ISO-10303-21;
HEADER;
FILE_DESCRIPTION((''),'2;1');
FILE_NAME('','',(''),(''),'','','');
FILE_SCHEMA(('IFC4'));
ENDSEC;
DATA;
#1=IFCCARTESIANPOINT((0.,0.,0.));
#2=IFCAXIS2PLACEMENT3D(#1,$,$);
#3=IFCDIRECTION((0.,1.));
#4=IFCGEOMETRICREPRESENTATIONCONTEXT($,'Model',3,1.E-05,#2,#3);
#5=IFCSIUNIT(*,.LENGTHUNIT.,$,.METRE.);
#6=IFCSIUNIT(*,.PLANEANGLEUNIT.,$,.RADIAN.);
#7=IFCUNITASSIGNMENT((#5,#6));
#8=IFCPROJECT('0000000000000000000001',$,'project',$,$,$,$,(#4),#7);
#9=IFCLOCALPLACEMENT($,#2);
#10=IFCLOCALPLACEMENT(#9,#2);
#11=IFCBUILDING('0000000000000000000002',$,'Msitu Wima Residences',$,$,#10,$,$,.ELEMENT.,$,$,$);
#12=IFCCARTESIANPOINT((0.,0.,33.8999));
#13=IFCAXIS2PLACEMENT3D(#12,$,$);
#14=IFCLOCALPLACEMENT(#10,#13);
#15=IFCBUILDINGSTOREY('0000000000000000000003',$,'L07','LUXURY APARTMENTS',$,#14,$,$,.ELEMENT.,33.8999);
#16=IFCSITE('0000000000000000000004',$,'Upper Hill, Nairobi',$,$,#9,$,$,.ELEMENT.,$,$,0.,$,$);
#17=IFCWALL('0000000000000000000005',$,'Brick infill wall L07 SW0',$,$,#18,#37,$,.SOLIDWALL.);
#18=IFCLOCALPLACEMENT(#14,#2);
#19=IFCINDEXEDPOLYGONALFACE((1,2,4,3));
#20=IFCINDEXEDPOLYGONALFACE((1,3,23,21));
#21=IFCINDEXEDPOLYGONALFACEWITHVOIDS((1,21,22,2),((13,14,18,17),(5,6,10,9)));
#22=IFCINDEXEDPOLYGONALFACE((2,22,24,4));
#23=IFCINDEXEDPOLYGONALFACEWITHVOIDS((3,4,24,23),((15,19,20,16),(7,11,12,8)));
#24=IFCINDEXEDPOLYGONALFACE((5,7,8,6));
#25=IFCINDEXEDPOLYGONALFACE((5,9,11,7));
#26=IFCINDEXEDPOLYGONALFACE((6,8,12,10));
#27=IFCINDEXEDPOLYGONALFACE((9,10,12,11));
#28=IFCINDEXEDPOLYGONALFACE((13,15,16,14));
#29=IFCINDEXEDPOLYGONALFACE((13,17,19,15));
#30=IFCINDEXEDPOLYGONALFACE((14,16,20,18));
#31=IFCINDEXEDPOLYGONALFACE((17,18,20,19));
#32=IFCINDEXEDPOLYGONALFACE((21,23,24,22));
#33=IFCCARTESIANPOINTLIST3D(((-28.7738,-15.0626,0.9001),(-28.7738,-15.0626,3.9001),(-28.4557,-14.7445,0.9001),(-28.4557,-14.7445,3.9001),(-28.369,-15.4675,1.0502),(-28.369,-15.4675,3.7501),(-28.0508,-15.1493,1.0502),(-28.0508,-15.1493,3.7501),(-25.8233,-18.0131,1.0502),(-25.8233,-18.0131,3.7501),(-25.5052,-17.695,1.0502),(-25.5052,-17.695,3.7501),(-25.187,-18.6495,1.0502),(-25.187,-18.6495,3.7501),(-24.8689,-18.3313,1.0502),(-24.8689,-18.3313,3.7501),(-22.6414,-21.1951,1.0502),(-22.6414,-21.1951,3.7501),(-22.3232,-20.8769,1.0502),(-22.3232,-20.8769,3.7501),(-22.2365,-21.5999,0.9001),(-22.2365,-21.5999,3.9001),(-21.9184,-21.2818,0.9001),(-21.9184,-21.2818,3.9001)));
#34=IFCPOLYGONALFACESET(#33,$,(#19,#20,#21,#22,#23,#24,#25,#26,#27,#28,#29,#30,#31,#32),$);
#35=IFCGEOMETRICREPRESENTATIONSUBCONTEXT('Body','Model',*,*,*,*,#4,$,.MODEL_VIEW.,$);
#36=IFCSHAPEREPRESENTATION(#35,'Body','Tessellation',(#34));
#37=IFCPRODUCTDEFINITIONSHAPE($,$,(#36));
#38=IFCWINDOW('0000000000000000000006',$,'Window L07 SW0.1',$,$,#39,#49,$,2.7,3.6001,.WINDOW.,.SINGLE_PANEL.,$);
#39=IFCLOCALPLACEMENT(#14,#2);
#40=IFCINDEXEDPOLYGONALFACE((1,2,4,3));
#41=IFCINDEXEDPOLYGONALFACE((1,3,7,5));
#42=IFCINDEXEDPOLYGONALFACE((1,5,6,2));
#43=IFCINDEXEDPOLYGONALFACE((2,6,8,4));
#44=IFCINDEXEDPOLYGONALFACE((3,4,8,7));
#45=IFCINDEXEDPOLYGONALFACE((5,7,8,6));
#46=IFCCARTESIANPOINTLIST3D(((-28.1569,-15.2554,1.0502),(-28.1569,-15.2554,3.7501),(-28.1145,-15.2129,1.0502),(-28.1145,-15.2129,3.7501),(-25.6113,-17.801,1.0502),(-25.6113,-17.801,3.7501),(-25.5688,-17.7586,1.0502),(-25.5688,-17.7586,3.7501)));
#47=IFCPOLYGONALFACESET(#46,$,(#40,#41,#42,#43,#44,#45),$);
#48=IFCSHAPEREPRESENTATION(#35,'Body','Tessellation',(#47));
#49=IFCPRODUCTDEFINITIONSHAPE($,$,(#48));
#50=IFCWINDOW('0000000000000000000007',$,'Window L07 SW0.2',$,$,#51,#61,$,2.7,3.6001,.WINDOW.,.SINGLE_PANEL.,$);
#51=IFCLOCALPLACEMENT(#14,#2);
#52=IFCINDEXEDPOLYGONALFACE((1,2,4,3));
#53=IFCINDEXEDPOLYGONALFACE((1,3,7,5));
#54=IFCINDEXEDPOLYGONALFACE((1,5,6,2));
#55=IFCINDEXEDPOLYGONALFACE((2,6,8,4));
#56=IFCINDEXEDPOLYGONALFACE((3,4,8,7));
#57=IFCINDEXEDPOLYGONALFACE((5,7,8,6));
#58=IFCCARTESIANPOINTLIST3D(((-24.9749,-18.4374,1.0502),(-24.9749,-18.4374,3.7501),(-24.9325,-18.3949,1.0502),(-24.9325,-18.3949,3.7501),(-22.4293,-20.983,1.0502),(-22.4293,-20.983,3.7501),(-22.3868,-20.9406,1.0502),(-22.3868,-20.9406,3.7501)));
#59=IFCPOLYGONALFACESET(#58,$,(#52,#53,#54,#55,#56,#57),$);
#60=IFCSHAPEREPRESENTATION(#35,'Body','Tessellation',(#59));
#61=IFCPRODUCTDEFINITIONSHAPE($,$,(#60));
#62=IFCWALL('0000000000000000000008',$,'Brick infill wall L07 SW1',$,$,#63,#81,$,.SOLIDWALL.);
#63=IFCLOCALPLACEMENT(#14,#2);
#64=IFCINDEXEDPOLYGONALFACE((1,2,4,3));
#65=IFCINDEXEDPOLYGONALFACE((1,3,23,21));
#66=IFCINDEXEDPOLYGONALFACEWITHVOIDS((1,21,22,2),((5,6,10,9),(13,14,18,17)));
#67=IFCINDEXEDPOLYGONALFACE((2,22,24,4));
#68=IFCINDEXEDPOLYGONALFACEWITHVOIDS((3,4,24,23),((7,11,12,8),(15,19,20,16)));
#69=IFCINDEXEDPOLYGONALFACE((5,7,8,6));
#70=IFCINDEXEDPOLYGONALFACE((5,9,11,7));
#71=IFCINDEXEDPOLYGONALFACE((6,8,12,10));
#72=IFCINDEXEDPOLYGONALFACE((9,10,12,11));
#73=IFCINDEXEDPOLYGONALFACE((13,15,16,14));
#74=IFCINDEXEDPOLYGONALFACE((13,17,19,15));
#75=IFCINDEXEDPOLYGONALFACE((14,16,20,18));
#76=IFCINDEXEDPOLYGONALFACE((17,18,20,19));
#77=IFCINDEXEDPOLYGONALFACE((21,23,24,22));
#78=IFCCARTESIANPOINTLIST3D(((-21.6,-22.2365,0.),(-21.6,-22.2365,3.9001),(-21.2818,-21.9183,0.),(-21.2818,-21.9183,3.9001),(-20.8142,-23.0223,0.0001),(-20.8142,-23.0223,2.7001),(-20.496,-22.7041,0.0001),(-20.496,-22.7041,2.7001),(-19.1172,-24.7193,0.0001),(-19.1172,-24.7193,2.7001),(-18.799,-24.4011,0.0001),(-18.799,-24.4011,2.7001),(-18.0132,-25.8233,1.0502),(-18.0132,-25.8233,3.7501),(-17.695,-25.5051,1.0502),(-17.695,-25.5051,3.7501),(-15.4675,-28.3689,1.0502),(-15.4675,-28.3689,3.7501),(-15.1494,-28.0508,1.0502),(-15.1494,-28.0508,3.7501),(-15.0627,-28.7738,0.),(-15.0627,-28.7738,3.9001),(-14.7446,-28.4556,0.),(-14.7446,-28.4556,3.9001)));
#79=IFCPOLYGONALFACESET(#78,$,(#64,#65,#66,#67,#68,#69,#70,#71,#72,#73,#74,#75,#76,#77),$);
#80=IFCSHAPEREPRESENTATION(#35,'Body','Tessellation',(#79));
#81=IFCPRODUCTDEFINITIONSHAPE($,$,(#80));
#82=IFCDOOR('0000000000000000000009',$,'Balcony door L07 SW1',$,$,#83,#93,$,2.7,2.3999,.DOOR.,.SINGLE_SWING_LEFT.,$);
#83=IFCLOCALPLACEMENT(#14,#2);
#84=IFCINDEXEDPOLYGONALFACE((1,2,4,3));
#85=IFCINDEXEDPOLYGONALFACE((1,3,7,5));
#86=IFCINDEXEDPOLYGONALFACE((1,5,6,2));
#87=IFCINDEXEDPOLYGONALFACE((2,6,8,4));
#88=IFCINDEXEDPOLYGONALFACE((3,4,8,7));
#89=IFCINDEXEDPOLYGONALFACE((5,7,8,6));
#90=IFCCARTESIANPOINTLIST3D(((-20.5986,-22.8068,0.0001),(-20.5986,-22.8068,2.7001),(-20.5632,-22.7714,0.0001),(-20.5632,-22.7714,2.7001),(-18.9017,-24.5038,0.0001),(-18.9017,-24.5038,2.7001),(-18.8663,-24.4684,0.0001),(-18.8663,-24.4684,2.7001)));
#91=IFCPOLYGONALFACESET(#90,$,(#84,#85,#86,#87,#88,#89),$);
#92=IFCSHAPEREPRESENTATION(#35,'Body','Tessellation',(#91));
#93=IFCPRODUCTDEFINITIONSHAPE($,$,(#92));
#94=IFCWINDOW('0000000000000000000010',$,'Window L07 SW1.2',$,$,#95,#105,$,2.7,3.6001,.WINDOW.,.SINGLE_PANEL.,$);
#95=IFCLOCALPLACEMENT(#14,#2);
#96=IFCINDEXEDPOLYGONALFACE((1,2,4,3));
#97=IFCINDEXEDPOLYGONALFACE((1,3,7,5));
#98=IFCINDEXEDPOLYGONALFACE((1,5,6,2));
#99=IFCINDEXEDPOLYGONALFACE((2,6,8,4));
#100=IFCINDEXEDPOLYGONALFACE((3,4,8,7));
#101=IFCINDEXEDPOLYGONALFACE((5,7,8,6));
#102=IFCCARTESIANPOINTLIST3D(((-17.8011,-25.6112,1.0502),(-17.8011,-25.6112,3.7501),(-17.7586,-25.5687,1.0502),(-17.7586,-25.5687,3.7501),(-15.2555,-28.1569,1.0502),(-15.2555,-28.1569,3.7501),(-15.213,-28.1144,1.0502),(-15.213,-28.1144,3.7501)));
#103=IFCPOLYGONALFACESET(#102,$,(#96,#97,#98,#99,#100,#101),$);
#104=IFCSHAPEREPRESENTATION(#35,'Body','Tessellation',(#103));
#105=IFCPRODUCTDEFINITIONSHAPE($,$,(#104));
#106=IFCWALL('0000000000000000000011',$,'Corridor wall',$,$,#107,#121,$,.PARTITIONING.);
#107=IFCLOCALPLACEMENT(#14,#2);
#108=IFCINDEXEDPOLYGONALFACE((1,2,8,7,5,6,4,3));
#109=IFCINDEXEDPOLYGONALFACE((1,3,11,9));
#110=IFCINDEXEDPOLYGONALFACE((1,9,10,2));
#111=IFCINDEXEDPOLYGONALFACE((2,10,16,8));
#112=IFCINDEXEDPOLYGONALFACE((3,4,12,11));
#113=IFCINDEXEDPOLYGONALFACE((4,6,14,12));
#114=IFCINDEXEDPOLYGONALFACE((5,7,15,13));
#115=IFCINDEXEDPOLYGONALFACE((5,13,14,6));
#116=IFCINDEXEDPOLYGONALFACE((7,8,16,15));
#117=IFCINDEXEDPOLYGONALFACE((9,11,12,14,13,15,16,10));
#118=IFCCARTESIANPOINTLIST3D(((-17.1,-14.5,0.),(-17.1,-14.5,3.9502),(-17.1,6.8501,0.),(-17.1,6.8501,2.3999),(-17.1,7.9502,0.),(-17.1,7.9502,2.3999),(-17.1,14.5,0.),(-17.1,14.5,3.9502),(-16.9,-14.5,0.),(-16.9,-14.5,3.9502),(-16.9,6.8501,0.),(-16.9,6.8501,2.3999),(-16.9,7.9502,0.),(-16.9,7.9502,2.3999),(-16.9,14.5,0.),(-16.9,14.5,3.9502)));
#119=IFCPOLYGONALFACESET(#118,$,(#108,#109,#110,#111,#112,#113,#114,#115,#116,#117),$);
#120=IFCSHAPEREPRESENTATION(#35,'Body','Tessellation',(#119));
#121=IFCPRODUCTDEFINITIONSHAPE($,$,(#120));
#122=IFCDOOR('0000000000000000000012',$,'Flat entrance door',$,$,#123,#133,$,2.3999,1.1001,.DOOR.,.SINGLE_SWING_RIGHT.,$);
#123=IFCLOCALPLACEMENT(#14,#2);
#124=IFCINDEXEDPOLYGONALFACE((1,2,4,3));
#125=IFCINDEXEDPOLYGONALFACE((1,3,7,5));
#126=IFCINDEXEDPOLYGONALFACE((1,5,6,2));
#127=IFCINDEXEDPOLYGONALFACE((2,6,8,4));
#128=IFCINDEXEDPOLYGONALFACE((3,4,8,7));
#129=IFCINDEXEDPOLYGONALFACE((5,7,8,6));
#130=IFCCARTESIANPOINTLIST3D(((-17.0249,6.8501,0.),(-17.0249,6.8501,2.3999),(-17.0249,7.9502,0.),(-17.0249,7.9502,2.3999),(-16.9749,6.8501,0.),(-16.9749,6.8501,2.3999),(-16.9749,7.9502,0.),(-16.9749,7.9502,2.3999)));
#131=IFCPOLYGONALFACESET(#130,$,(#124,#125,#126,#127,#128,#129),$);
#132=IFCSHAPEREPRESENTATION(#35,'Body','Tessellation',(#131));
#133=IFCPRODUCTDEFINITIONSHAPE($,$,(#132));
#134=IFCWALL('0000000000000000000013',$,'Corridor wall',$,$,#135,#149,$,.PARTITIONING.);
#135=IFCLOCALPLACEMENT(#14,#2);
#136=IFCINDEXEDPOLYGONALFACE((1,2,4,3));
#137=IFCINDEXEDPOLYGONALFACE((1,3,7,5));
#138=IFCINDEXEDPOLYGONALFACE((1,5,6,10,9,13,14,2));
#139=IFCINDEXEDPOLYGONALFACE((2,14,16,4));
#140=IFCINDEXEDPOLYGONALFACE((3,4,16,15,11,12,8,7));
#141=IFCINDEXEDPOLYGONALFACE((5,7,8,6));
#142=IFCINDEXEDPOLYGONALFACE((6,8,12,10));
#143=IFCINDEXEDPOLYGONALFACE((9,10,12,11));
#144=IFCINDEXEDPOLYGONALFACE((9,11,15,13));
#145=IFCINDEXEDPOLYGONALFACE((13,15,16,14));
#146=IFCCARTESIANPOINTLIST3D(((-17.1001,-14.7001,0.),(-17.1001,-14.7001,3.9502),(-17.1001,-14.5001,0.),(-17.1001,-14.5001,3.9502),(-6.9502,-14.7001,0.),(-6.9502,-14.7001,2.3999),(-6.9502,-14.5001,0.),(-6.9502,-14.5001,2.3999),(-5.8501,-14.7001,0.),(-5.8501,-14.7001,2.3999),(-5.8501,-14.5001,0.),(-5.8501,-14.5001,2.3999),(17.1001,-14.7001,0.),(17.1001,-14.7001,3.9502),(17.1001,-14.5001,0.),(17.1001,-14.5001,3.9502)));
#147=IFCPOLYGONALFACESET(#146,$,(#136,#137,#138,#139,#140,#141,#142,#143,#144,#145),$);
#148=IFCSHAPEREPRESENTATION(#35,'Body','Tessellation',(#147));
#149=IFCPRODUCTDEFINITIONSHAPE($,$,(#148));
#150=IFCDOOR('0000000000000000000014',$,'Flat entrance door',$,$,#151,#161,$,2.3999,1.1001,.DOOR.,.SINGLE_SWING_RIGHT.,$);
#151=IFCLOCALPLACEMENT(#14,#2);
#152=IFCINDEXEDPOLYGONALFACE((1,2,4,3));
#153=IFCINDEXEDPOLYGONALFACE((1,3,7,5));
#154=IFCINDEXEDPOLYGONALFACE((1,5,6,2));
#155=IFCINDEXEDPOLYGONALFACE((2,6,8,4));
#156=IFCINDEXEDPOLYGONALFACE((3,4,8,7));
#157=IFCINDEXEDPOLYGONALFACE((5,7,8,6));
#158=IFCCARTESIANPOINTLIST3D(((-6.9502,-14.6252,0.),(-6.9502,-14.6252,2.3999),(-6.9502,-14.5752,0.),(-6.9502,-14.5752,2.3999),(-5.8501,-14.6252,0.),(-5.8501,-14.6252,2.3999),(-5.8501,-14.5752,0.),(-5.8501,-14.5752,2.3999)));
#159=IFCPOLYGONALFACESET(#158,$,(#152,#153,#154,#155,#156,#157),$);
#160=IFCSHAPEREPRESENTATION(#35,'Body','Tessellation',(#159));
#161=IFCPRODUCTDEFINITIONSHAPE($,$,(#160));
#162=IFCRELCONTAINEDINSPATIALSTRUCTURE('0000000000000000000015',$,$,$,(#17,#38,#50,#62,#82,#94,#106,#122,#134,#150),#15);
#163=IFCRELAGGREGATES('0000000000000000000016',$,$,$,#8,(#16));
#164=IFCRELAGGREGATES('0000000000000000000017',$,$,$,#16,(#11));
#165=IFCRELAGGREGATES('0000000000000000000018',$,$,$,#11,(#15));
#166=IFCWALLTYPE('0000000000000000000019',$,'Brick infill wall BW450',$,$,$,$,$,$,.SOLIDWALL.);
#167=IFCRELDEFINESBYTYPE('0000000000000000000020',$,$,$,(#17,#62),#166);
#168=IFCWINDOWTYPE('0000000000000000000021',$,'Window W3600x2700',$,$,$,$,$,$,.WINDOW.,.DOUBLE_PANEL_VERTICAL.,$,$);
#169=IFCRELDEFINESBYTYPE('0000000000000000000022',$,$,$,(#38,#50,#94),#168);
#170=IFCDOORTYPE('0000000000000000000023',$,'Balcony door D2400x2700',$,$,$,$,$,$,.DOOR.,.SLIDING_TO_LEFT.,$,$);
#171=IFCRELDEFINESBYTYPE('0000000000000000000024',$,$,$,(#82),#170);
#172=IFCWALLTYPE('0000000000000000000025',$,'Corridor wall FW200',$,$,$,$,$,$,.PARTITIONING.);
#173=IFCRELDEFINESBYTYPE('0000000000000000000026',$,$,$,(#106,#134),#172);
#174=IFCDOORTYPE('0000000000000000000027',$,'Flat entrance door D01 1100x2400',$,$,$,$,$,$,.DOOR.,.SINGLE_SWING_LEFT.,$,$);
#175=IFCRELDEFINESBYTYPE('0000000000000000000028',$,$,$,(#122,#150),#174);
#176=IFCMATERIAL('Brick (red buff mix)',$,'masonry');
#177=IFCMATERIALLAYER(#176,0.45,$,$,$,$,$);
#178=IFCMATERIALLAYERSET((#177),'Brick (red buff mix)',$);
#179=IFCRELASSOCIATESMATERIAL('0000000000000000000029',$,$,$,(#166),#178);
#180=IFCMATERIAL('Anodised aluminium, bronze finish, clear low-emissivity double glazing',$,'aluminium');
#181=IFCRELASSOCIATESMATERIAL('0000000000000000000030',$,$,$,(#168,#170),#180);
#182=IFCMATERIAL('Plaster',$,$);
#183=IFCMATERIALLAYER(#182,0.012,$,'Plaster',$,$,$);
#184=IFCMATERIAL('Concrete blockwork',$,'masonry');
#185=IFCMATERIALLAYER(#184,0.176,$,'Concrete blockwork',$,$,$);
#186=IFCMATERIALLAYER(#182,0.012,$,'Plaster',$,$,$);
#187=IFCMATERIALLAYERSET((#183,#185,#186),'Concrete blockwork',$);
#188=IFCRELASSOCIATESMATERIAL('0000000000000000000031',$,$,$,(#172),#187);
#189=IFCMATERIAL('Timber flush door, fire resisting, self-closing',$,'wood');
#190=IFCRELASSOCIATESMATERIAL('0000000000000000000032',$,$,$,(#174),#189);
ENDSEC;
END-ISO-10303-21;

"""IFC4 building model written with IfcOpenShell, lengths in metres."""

from ifc_helpers import new_model, si_unit, direction, frame, frame_2d, origin, place, context, subcontext, project, spatial, rectangle, extrude, material, layer, layer_set, type_object, element, fill, save


model = new_model("IFC4")

# Units and contexts
model_context = context("Model", 3, precision=1e-05, world=origin(), true_north=direction((0.0, 1.0)))
body_context = subcontext(model_context, "Body", "Model", "MODEL_VIEW")
ifc_project = project(units=[si_unit("LENGTHUNIT", "METRE"), si_unit("PLANEANGLEUNIT", "RADIAN")], contexts=[model_context])

# Site, building, storey
site_placement = place(None, origin())
site = spatial("IfcSite", under=ifc_project, at=site_placement, Name="Upper Hill, Nairobi", CompositionType="ELEMENT", RefElevation=0.0)
building_placement = place(site_placement, origin())
building = spatial("IfcBuilding", under=site, at=building_placement, Name="Msitu Wima Residences", CompositionType="ELEMENT")
storey_placement = place(building_placement, frame((0.0, 0.0, 33.8999)))
storey = spatial("IfcBuildingStorey", under=building, at=storey_placement, Name="L07", Description="LUXURY APARTMENTS", CompositionType="ELEMENT", Elevation=33.8999)

# Wall, openings, windows
ifc_material_1 = material(Name="Brick (red buff mix)", Category="masonry")
ifc_layer_1 = layer(ifc_material_1, 0.45)
ifc_layer_set_1 = layer_set([ifc_layer_1], Name="Brick (red buff mix)")
wall_type_1 = type_object("IfcWallType", Name="Brick infill wall BW450", PredefinedType="SOLIDWALL", material=ifc_layer_set_1)
wall_1_placement = place(storey_placement, frame((-28.6147, -14.9036, 0.9001), z_axis=(0.0, 0.0, 1.0), x_axis=(0.707107, -0.707107, 0.0)))
wall_1 = element("IfcWall", 1, at=wall_1_placement, inside=storey, type_object=wall_type_1, Name="Brick infill wall L07 SW0", PredefinedType="SOLIDWALL", context=body_context, shape_type="SweptSolid", body=[
    extrude(rectangle(XDim=9.2451, YDim=0.45, at=frame_2d((4.6226, 0.0))), origin(), (0.0, 0.0, 1.0), 3.0),
])
opening_1_placement = place(wall_1_placement, frame((0.5725, 0.0, 0.1499)))
opening_1 = element("IfcOpeningElement", 2, at=opening_1_placement, cuts=wall_1, PredefinedType="OPENING", context=body_context, shape_type="SweptSolid", body=[
    extrude(rectangle(XDim=3.6001, YDim=2.7, at=frame_2d((1.8, 1.3501))), frame((0.0, 0.2349, 0.0), z_axis=(0.0, -1.0, 0.0), x_axis=(1.0, 0.0, 0.0)), (0.0, 0.0, 1.0), 0.47),
])
opening_2_placement = place(wall_1_placement, frame((5.0725, 0.0, 0.1499)))
opening_2 = element("IfcOpeningElement", 3, at=opening_2_placement, cuts=wall_1, PredefinedType="OPENING", context=body_context, shape_type="SweptSolid", body=[
    extrude(rectangle(XDim=3.6001, YDim=2.7, at=frame_2d((1.8, 1.3501))), frame((0.0, 0.2349, 0.0), z_axis=(0.0, -1.0, 0.0), x_axis=(1.0, 0.0, 0.0)), (0.0, 0.0, 1.0), 0.47),
])
ifc_material_2 = material(Name="Anodised aluminium, bronze finish, clear low-emissivity double glazing", Category="aluminium")
window_type = type_object("IfcWindowType", Name="Window W3600x2700", PartitioningType="DOUBLE_PANEL_VERTICAL", PredefinedType="WINDOW", material=ifc_material_2)
window_1_placement = place(opening_1_placement, origin())
window_1 = element("IfcWindow", 4, at=window_1_placement, inside=storey, type_object=window_type, Name="Window L07 SW0.1", OverallHeight=2.7, OverallWidth=3.6001, PartitioningType="SINGLE_PANEL", PredefinedType="WINDOW", context=body_context, shape_type="SweptSolid", body=[
    extrude(rectangle(XDim=3.6001, YDim=2.7, at=frame_2d((1.8, 1.3501))), frame((0.0, 0.135, 0.0), z_axis=(0.0, -1.0, 0.0), x_axis=(1.0, 0.0, 0.0)), (0.0, 0.0, 1.0), 0.0601),
])
fill(opening_1, window_1)
window_2_placement = place(opening_2_placement, origin())
window_2 = element("IfcWindow", 5, at=window_2_placement, inside=storey, type_object=window_type, Name="Window L07 SW0.2", OverallHeight=2.7, OverallWidth=3.6001, PartitioningType="SINGLE_PANEL", PredefinedType="WINDOW", context=body_context, shape_type="SweptSolid", body=[
    extrude(rectangle(XDim=3.6001, YDim=2.7, at=frame_2d((1.8, 1.3501))), frame((0.0, 0.135, 0.0), z_axis=(0.0, -1.0, 0.0), x_axis=(1.0, 0.0, 0.0)), (0.0, 0.0, 1.0), 0.0601),
])
fill(opening_2, window_2)

# Wall, openings, door, window
wall_2_placement = place(storey_placement, frame((-21.4409, -22.0774, 0.0), z_axis=(0.0, 0.0, 1.0), x_axis=(0.707107, -0.707107, 0.0)))
wall_2 = element("IfcWall", 6, at=wall_2_placement, inside=storey, type_object=wall_type_1, Name="Brick infill wall L07 SW1", PredefinedType="SOLIDWALL", context=body_context, shape_type="SweptSolid", body=[
    extrude(rectangle(XDim=9.2451, YDim=0.45, at=frame_2d((4.6226, 0.0))), origin(), (0.0, 0.0, 1.0), 3.9001),
])
opening_3_placement = place(wall_2_placement, frame((1.1113, 0.0, 0.0)))
opening_3 = element("IfcOpeningElement", 7, at=opening_3_placement, cuts=wall_2, PredefinedType="OPENING", context=body_context, shape_type="SweptSolid", body=[
    extrude(rectangle(XDim=2.3999, YDim=2.7, at=frame_2d((1.2, 1.3501))), frame((0.0, 0.2349, 0.0), z_axis=(0.0, -1.0, 0.0), x_axis=(1.0, 0.0, 0.0)), (0.0, 0.0, 1.0), 0.47),
])
opening_4_placement = place(wall_2_placement, frame((5.0725, 0.0, 1.05)))
opening_4 = element("IfcOpeningElement", 8, at=opening_4_placement, cuts=wall_2, PredefinedType="OPENING", context=body_context, shape_type="SweptSolid", body=[
    extrude(rectangle(XDim=3.6001, YDim=2.7, at=frame_2d((1.8, 1.3501))), frame((0.0, 0.2349, 0.0), z_axis=(0.0, -1.0, 0.0), x_axis=(1.0, 0.0, 0.0)), (0.0, 0.0, 1.0), 0.47),
])
door_type_1 = type_object("IfcDoorType", Name="Balcony door D2400x2700", OperationType="SLIDING_TO_LEFT", PredefinedType="DOOR", material=ifc_material_2)
door_1_placement = place(opening_3_placement, origin())
door_1 = element("IfcDoor", 9, at=door_1_placement, inside=storey, type_object=door_type_1, Name="Balcony door L07 SW1", OperationType="SINGLE_SWING_LEFT", OverallHeight=2.7, OverallWidth=2.3999, PredefinedType="DOOR", context=body_context, shape_type="SweptSolid", body=[
    extrude(rectangle(XDim=2.3999, YDim=2.7, at=frame_2d((1.2, 1.3501))), frame((0.0, 0.1299, 0.0), z_axis=(0.0, -1.0, 0.0), x_axis=(1.0, 0.0, 0.0)), (0.0, 0.0, 1.0), 0.05),
])
fill(opening_3, door_1)
window_3_placement = place(opening_4_placement, origin())
window_3 = element("IfcWindow", 10, at=window_3_placement, inside=storey, type_object=window_type, Name="Window L07 SW1.2", OverallHeight=2.7, OverallWidth=3.6001, PartitioningType="SINGLE_PANEL", PredefinedType="WINDOW", context=body_context, shape_type="SweptSolid", body=[
    extrude(rectangle(XDim=3.6001, YDim=2.7, at=frame_2d((1.8, 1.3501))), frame((0.0, 0.135, 0.0), z_axis=(0.0, -1.0, 0.0), x_axis=(1.0, 0.0, 0.0)), (0.0, 0.0, 1.0), 0.0601),
])
fill(opening_4, window_3)

# Walls, openings, doors
ifc_material_3 = material(Name="Plaster")
ifc_layer_2 = layer(ifc_material_3, 0.012, Name="Plaster")
ifc_material_4 = material(Name="Concrete blockwork", Category="masonry")
ifc_layer_3 = layer(ifc_material_4, 0.176, Name="Concrete blockwork")
ifc_layer_4 = layer(ifc_material_3, 0.012, Name="Plaster")
ifc_layer_set_2 = layer_set([ifc_layer_2, ifc_layer_3, ifc_layer_4], Name="Concrete blockwork")
wall_type_2 = type_object("IfcWallType", Name="Corridor wall FW200", PredefinedType="PARTITIONING", material=ifc_layer_set_2)
wall_3_placement = place(storey_placement, frame((-17.0, -14.5, 0.0), z_axis=(0.0, 0.0, 1.0), x_axis=(0.0, 1.0, 0.0)))
wall_3 = element("IfcWall", 11, at=wall_3_placement, inside=storey, type_object=wall_type_2, Name="Corridor wall", PredefinedType="PARTITIONING", context=body_context, shape_type="SweptSolid", body=[
    extrude(rectangle(XDim=29.0, YDim=0.2, at=frame_2d((14.5, 0.0))), origin(), (0.0, 0.0, 1.0), 3.9502),
])
opening_5_placement = place(wall_3_placement, frame((21.3501, 0.0, 0.0)))
opening_5 = element("IfcOpeningElement", 12, at=opening_5_placement, cuts=wall_3, PredefinedType="OPENING", context=body_context, shape_type="SweptSolid", body=[
    extrude(rectangle(XDim=1.1001, YDim=2.3999, at=frame_2d((0.55, 1.2))), frame((0.0, 0.1099, 0.0), z_axis=(0.0, -1.0, 0.0), x_axis=(1.0, 0.0, 0.0)), (0.0, 0.0, 1.0), 0.22),
])
ifc_material_5 = material(Name="Timber flush door, fire resisting, self-closing", Category="wood")
door_type_2 = type_object("IfcDoorType", Name="Flat entrance door D01 1100x2400", OperationType="SINGLE_SWING_LEFT", PredefinedType="DOOR", material=ifc_material_5)
door_2_placement = place(opening_5_placement, origin())
door_2 = element("IfcDoor", 13, at=door_2_placement, inside=storey, type_object=door_type_2, Name="Flat entrance door", OperationType="SINGLE_SWING_RIGHT", OverallHeight=2.3999, OverallWidth=1.1001, PredefinedType="DOOR", context=body_context, shape_type="SweptSolid", body=[
    extrude(rectangle(XDim=1.1001, YDim=2.3999, at=frame_2d((0.55, 1.2))), frame((0.0, 0.0249, 0.0), z_axis=(0.0, -1.0, 0.0), x_axis=(1.0, 0.0, 0.0)), (0.0, 0.0, 1.0), 0.05),
])
fill(opening_5, door_2)
wall_4_placement = place(storey_placement, frame((-17.1001, -14.6001, 0.0), z_axis=(0.0, 0.0, 1.0), x_axis=(1.0, 0.0, 0.0)))
wall_4 = element("IfcWall", 14, at=wall_4_placement, inside=storey, type_object=wall_type_2, Name="Corridor wall", PredefinedType="PARTITIONING", context=body_context, shape_type="SweptSolid", body=[
    extrude(rectangle(XDim=34.2002, YDim=0.2, at=frame_2d((17.1001, 0.0))), origin(), (0.0, 0.0, 1.0), 3.9502),
])
opening_6_placement = place(wall_4_placement, frame((10.1499, 0.0, 0.0)))
opening_6 = element("IfcOpeningElement", 15, at=opening_6_placement, cuts=wall_4, PredefinedType="OPENING", context=body_context, shape_type="SweptSolid", body=[
    extrude(rectangle(XDim=1.1001, YDim=2.3999, at=frame_2d((0.55, 1.2))), frame((0.0, 0.1099, 0.0), z_axis=(0.0, -1.0, 0.0), x_axis=(1.0, 0.0, 0.0)), (0.0, 0.0, 1.0), 0.22),
])
door_3_placement = place(opening_6_placement, origin())
door_3 = element("IfcDoor", 16, at=door_3_placement, inside=storey, type_object=door_type_2, Name="Flat entrance door", OperationType="SINGLE_SWING_RIGHT", OverallHeight=2.3999, OverallWidth=1.1001, PredefinedType="DOOR", context=body_context, shape_type="SweptSolid", body=[
    extrude(rectangle(XDim=1.1001, YDim=2.3999, at=frame_2d((0.55, 1.2))), frame((0.0, 0.0249, 0.0), z_axis=(0.0, -1.0, 0.0), x_axis=(1.0, 0.0, 0.0)), (0.0, 0.0, 1.0), 0.05),
])
fill(opening_6, door_3)

save(model, "model.ifc")
